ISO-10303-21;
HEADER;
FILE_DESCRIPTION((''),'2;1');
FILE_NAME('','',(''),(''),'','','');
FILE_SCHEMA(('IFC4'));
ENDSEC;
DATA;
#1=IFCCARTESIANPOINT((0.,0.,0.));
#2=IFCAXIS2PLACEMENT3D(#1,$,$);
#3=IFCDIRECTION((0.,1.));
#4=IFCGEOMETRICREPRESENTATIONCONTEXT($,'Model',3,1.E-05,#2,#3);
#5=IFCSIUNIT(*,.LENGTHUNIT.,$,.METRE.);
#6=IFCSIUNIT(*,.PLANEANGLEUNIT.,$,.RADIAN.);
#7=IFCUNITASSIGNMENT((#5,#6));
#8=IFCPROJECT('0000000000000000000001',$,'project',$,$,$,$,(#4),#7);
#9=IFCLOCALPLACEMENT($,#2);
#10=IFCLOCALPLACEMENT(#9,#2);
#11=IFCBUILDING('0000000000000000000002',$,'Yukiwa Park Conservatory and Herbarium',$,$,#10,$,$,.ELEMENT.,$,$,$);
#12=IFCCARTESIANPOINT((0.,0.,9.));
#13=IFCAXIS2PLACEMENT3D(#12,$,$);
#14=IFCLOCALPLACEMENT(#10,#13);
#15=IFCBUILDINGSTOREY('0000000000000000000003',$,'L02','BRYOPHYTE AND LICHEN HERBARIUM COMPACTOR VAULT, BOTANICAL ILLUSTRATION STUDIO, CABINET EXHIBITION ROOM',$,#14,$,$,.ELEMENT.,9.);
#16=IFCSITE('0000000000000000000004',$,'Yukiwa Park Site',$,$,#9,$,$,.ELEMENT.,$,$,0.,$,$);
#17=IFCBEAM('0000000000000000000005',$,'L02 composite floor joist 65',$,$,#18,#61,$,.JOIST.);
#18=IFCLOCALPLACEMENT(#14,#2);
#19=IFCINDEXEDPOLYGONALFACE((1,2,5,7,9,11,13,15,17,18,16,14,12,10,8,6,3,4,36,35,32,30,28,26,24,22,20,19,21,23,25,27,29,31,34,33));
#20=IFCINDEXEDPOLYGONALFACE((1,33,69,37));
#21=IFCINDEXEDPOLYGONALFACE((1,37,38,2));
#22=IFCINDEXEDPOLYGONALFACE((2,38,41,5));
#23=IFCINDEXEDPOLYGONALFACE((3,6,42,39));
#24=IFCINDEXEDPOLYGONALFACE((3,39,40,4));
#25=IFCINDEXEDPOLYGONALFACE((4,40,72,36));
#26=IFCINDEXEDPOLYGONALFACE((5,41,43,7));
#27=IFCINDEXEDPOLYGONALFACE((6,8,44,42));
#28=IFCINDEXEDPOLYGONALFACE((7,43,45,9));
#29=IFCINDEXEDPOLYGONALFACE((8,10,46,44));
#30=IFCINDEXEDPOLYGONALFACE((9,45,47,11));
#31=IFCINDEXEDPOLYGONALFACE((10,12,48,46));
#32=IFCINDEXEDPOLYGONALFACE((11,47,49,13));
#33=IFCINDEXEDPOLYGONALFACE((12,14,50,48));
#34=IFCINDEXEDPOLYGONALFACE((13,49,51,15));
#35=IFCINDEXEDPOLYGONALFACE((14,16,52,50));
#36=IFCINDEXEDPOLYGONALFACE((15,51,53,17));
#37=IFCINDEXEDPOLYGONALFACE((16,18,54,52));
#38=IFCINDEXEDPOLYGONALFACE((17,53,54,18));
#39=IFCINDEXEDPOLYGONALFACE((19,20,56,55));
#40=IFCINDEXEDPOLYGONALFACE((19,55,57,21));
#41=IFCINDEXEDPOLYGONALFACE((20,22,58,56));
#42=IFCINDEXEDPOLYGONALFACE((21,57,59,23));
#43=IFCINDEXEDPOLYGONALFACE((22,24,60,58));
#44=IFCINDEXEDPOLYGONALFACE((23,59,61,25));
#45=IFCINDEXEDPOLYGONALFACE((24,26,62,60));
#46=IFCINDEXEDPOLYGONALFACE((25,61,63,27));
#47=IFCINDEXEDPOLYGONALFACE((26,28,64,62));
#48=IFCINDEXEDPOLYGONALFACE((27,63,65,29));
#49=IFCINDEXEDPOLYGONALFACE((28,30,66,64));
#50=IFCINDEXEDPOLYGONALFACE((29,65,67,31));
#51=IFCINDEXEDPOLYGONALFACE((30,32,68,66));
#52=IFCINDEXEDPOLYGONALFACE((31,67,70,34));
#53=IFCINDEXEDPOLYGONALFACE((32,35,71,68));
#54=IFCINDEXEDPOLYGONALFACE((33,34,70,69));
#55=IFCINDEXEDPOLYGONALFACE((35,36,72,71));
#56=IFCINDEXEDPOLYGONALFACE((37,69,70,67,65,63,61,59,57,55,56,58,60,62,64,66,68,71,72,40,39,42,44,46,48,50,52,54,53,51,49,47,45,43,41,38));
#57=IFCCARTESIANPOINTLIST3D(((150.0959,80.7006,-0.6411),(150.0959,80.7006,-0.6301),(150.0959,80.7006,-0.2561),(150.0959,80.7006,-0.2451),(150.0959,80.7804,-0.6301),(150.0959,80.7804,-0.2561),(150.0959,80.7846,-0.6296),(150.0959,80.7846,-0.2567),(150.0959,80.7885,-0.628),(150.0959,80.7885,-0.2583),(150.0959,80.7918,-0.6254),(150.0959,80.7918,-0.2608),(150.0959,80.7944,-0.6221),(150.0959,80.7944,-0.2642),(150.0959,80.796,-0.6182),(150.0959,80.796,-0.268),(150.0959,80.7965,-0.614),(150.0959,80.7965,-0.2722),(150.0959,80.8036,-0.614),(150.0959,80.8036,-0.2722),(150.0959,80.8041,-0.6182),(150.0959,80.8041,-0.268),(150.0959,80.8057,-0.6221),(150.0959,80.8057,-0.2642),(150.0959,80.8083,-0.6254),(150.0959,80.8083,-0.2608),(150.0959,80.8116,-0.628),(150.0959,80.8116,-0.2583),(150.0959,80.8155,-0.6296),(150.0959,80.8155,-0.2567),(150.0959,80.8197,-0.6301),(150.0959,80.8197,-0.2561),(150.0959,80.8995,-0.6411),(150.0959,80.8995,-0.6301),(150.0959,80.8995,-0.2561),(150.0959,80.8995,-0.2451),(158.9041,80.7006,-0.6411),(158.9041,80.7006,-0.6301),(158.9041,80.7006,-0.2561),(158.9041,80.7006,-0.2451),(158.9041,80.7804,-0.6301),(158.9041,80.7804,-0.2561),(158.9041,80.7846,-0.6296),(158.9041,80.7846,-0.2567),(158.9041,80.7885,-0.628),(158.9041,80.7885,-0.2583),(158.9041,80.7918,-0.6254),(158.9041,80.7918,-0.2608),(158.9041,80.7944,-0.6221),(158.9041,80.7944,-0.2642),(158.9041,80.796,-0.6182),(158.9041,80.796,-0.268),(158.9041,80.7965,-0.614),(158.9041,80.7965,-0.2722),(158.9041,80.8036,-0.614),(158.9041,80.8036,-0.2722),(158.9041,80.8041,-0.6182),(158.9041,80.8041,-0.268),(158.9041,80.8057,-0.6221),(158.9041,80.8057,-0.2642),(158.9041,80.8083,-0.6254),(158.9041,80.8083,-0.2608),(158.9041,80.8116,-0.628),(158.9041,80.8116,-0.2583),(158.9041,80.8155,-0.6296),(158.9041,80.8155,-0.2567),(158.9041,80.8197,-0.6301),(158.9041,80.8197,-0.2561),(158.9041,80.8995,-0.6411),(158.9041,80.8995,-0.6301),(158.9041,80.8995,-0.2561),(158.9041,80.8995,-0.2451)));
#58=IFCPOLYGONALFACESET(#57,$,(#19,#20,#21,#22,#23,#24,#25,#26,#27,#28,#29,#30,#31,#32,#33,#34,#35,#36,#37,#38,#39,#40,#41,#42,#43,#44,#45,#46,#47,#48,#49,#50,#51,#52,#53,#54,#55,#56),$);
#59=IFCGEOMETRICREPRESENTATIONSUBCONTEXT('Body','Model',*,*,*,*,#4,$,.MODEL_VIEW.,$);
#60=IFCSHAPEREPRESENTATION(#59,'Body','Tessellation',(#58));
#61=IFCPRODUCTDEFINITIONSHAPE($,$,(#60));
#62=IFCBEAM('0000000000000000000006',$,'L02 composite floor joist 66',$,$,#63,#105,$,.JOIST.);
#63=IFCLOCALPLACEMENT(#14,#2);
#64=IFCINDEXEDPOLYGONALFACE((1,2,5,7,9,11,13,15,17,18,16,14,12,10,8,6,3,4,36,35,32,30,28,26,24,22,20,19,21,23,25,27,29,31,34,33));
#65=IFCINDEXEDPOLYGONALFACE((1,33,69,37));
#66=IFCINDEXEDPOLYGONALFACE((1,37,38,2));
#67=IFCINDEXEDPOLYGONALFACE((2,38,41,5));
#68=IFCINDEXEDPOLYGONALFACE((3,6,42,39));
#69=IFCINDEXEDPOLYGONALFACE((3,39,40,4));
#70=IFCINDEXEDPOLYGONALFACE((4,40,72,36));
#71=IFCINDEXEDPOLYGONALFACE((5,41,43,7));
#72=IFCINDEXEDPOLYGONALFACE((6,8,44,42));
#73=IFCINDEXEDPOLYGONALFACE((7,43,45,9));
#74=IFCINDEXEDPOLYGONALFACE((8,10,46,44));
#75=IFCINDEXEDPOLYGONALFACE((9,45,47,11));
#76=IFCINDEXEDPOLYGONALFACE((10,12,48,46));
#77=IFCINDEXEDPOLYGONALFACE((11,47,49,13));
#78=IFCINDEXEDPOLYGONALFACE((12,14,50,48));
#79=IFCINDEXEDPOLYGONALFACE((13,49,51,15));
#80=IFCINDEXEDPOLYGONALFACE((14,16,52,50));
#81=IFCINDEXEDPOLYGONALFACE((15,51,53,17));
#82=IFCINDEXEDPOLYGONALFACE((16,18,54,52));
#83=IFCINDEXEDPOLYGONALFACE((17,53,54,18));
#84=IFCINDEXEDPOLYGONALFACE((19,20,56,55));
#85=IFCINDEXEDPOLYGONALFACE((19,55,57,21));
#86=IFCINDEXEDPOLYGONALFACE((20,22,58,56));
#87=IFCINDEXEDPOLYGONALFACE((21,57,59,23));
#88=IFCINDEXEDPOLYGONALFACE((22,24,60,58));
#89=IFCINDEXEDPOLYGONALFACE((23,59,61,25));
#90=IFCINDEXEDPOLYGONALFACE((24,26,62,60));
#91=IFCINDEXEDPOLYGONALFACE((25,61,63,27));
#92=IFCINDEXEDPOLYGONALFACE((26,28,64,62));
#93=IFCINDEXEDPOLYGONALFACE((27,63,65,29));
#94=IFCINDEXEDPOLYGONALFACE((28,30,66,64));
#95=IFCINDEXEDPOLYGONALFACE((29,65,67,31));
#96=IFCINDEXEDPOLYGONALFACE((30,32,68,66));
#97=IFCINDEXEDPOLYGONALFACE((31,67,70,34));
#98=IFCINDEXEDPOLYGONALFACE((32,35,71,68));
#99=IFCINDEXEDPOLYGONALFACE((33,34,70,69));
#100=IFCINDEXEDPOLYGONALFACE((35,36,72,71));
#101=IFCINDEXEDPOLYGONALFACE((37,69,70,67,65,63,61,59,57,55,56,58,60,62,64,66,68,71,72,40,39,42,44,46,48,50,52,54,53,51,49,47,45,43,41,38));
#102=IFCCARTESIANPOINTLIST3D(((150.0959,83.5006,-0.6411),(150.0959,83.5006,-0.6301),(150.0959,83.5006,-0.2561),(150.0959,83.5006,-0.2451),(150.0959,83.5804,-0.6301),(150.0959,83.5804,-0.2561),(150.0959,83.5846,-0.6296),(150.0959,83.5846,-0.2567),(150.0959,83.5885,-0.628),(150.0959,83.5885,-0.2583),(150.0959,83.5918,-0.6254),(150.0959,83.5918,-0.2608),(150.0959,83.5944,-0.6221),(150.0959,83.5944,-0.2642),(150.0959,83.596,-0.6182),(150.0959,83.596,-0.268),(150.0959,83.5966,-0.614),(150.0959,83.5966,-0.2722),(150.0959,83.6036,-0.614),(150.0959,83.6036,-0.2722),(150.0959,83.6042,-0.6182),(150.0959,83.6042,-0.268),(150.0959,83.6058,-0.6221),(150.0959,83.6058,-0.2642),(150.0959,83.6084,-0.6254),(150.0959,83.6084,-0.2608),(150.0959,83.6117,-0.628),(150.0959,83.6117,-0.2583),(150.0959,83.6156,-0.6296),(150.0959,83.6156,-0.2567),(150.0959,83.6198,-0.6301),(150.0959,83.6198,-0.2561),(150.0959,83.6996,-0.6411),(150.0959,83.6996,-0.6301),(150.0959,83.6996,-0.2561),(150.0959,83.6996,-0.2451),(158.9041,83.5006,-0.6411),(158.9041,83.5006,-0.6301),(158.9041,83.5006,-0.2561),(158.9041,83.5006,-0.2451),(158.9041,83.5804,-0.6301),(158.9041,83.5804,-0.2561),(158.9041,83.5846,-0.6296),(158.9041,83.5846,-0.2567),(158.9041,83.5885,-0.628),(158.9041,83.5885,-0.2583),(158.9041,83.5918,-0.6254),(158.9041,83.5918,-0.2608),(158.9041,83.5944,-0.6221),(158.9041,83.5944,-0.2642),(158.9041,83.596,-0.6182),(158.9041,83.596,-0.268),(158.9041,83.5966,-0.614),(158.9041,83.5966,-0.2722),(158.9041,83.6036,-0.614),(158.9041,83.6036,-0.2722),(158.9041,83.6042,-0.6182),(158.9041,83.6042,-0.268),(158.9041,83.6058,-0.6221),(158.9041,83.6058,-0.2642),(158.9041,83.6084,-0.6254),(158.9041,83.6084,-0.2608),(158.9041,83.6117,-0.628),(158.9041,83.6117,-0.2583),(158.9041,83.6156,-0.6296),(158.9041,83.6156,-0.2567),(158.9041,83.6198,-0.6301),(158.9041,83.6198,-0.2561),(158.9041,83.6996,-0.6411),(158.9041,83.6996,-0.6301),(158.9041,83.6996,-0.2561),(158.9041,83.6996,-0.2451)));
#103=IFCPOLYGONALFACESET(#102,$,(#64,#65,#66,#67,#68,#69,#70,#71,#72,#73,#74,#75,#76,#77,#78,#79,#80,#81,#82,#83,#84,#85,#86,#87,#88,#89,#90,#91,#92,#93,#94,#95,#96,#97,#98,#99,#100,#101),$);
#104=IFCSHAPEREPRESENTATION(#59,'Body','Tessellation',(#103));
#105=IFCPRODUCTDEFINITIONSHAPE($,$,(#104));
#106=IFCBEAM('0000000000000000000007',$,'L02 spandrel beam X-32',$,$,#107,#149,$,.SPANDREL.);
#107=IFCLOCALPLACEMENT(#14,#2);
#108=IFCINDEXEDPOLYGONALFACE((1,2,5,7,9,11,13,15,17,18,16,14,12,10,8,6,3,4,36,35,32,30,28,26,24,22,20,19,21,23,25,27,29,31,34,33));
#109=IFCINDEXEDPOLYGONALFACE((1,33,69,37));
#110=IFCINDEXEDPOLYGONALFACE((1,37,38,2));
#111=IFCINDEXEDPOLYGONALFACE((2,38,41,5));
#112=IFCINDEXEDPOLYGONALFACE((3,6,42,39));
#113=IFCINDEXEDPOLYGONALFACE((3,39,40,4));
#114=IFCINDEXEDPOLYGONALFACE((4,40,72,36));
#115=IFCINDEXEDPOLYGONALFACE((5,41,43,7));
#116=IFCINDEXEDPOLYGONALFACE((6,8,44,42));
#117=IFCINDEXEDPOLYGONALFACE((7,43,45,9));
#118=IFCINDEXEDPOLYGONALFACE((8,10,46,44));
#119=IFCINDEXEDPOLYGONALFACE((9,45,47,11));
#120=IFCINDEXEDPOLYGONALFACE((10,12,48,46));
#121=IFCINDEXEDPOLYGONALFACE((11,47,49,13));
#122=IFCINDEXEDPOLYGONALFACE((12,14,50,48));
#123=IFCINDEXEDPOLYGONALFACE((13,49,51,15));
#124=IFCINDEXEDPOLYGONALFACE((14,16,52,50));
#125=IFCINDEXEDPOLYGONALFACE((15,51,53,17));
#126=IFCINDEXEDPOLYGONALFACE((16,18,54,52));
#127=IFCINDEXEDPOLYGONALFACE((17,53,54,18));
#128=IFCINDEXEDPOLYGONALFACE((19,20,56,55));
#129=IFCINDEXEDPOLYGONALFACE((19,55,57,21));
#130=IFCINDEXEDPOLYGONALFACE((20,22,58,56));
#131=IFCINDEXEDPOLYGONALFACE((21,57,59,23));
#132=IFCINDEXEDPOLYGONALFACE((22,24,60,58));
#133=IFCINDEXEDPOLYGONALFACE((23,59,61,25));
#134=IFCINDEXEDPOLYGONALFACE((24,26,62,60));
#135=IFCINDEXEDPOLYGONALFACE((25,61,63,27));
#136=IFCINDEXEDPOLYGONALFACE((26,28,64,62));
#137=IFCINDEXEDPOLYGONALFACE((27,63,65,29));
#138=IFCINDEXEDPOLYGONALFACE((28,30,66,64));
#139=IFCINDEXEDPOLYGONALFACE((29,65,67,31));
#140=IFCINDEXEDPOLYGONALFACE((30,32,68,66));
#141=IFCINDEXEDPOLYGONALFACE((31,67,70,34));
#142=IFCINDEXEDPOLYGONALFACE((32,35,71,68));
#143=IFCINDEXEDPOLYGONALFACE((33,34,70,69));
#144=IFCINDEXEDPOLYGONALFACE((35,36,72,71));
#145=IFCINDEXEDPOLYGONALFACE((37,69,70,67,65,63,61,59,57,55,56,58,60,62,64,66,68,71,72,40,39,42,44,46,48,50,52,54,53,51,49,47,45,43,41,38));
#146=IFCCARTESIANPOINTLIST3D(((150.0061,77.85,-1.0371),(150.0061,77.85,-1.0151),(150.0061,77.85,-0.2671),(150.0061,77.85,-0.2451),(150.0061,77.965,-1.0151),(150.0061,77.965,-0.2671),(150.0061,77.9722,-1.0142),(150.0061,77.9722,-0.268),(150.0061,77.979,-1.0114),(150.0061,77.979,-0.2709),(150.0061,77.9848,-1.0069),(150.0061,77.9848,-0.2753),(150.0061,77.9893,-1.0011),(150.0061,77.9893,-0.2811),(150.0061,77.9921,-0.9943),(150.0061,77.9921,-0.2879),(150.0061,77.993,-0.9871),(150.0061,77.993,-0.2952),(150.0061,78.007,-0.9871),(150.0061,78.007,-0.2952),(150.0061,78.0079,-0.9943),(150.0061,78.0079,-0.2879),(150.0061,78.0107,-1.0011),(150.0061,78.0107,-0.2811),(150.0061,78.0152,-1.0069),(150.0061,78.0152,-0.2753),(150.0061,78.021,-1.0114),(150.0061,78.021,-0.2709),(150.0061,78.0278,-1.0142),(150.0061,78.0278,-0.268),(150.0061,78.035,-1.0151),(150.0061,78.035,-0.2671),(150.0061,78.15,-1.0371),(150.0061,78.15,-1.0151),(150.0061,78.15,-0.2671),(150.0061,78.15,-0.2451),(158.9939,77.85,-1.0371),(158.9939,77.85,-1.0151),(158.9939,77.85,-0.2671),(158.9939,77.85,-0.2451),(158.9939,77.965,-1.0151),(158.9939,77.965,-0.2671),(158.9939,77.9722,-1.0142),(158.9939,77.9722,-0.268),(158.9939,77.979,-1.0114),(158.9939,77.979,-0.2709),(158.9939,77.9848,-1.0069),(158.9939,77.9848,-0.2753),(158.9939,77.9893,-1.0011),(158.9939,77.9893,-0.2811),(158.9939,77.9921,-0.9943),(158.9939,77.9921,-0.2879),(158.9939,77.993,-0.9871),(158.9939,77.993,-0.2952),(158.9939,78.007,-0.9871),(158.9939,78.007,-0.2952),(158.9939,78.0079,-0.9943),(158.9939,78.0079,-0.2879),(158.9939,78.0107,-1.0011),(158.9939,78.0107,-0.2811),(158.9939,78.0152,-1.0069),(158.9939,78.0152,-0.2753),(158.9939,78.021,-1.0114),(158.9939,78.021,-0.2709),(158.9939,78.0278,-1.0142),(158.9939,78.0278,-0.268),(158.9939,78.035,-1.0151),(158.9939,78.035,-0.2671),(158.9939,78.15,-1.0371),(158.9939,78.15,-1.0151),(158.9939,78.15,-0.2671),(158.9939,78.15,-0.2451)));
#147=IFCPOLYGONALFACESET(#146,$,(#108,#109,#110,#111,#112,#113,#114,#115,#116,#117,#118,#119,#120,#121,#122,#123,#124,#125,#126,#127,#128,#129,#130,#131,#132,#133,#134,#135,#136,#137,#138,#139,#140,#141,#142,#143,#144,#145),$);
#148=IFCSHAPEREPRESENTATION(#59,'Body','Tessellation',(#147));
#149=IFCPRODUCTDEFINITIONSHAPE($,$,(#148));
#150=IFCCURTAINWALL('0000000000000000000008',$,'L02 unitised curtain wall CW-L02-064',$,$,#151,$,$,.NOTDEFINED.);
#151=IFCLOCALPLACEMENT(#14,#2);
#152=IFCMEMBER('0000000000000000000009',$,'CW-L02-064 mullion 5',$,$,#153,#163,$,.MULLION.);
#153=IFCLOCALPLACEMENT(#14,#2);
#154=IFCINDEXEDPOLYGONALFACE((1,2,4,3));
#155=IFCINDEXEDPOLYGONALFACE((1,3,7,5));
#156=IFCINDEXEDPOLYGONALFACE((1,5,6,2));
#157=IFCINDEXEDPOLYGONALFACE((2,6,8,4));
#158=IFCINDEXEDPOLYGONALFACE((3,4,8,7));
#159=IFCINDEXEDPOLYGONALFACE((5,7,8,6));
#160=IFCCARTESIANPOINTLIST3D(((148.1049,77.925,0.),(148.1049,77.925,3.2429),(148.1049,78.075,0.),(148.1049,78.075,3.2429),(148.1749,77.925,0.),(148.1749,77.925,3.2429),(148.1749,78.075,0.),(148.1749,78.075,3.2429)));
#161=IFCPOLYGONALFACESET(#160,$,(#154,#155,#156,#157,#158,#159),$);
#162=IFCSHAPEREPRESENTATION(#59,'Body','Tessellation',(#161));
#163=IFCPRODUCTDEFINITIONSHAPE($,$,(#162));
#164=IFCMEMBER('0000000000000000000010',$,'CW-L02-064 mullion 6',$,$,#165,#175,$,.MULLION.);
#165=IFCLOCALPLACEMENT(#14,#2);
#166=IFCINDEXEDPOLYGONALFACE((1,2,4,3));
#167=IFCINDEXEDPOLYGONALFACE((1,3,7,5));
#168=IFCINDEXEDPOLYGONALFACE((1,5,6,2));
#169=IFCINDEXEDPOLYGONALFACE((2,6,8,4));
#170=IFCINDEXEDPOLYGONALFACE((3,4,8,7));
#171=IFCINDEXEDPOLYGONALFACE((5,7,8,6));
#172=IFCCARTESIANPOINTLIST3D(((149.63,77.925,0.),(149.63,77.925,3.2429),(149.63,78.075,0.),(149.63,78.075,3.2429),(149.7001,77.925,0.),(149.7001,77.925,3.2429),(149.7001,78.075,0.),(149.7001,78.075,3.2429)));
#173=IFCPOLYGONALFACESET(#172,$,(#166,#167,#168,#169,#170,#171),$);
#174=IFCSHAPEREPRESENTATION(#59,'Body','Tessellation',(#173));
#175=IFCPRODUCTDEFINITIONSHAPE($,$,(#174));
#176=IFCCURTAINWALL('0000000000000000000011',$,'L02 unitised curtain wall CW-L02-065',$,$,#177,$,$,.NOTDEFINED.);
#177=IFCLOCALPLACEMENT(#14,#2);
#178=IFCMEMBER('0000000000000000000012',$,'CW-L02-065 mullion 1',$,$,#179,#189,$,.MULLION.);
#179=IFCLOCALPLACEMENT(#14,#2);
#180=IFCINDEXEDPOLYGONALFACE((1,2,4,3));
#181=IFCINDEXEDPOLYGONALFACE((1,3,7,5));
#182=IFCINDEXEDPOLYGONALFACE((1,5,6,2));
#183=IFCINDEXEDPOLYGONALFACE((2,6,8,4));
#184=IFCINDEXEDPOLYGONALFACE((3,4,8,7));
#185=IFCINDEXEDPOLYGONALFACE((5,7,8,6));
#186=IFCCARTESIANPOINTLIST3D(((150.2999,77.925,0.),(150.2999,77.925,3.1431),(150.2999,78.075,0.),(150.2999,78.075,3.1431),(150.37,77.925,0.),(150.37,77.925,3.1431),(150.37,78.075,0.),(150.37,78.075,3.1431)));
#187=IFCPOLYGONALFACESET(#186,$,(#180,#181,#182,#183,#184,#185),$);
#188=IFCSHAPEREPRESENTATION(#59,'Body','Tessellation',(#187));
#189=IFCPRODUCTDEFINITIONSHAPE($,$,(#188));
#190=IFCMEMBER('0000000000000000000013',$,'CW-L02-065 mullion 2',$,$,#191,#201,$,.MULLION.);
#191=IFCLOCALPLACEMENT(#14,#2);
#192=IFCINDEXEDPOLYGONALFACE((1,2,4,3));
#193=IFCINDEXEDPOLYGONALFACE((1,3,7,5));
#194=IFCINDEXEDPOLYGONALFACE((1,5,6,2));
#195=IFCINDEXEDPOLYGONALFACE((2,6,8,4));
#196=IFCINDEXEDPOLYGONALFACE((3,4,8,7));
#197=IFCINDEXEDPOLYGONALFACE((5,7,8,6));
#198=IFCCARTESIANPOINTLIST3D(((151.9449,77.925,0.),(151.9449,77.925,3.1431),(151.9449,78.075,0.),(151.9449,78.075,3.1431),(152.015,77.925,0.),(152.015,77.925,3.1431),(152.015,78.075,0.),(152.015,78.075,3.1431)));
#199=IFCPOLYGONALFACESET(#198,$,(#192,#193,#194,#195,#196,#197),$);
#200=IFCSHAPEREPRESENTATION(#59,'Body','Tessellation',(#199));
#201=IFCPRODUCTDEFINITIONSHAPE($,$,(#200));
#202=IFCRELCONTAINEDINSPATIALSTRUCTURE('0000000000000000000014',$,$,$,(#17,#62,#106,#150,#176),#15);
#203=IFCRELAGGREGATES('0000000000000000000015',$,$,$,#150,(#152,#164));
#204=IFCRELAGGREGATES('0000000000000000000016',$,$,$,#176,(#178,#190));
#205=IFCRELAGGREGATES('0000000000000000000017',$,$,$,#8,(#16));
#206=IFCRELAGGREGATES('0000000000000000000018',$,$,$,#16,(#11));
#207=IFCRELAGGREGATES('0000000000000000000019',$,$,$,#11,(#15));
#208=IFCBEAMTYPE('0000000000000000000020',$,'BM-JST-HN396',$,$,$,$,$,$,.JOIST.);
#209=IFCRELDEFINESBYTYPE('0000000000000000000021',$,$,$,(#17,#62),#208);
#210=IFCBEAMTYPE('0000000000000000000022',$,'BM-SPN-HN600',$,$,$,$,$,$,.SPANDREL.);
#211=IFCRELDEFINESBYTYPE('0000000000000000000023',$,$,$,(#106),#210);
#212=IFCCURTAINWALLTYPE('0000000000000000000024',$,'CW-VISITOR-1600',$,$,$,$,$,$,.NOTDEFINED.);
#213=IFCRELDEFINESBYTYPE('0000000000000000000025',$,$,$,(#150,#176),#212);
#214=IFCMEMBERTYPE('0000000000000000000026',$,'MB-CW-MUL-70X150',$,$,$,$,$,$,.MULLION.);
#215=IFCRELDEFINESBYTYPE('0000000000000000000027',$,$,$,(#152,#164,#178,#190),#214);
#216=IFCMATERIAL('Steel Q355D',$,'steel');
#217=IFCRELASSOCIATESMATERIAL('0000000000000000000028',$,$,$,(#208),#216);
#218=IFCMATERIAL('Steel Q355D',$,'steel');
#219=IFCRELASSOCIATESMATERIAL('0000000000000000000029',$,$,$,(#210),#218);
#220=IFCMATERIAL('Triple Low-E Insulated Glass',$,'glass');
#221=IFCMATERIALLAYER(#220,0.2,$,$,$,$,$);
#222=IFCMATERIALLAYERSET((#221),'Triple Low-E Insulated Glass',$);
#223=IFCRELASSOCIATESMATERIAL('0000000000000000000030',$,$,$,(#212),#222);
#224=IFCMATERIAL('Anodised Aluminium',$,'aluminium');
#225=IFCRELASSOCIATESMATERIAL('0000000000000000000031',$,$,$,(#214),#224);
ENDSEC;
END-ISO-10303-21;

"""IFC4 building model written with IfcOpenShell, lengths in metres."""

from ifc_helpers import new_model, si_unit, direction, frame, origin, origin_2d, place, context, subcontext, project, spatial, rectangle, i_section, extrude, material, layer, layer_set, material_profile, profile_set, type_object, element, aggregate, save


model = new_model("IFC4")

# Units and contexts
model_context = context("Model", 3, precision=1e-05, world=origin(), true_north=direction((0.0, 1.0)))
body_context = subcontext(model_context, "Body", "Model", "MODEL_VIEW")
ifc_project = project(units=[si_unit("LENGTHUNIT", "METRE"), si_unit("PLANEANGLEUNIT", "RADIAN")], contexts=[model_context])

# Site, building, storey
site_placement = place(None, origin())
site = spatial("IfcSite", under=ifc_project, at=site_placement, Name="Yukiwa Park Site", CompositionType="ELEMENT", RefElevation=0.0)
building_placement = place(site_placement, origin())
building = spatial("IfcBuilding", under=site, at=building_placement, Name="Yukiwa Park Conservatory and Herbarium", CompositionType="ELEMENT")
storey_placement = place(building_placement, frame((0.0, 0.0, 9.0)))
storey = spatial("IfcBuildingStorey", under=building, at=storey_placement, Name="L02", Description="BRYOPHYTE AND LICHEN HERBARIUM COMPACTOR VAULT, BOTANICAL ILLUSTRATION STUDIO, CABINET EXHIBITION ROOM", CompositionType="ELEMENT", Elevation=9.0)

# Beams
ifc_material_1 = material(Name="Steel Q355D", Category="steel")
ifc_material_profile_1 = material_profile(ifc_material_1, i_section(OverallWidth=0.199, OverallDepth=0.396, WebThickness=0.0071, FlangeThickness=0.011, FilletRadius=0.0161, at=origin_2d()), Name="HN 396x199x7x11")
ifc_profile_set_1 = profile_set([ifc_material_profile_1], Name="Steel Q355D")
beam_type_1 = type_object("IfcBeamType", Name="BM-JST-HN396", PredefinedType="JOIST", material=ifc_profile_set_1)
for number, where, z_axis, x_axis, name in (
    (1, (150.0959, 80.8, -0.4431), (1.0, 0.0, 0.0), (0.0, 1.0, 0.0), "L02 composite floor joist 65"),
    (2, (150.0959, 83.6001, -0.4431), (1.0, 0.0, 0.0), (0.0, 1.0, 0.0), "L02 composite floor joist 66"),
):
    element("IfcBeam", number, at=place(storey_placement, frame(where, z_axis=z_axis, x_axis=x_axis)), inside=storey, type_object=beam_type_1, Name=name, PredefinedType="JOIST", context=body_context, shape_type="SweptSolid", body=[
        extrude(i_section(OverallWidth=0.199, OverallDepth=0.396, WebThickness=0.0071, FlangeThickness=0.011, FilletRadius=0.0161, at=origin_2d()), origin(), (0.0, 0.0, 1.0), 8.8081),
    ])
ifc_material_2 = material(Name="Steel Q355D", Category="steel")
ifc_material_profile_2 = material_profile(ifc_material_2, i_section(OverallWidth=0.3, OverallDepth=0.792, WebThickness=0.0139, FlangeThickness=0.022, FilletRadius=0.0281, at=origin_2d()), Name="HN 792x300x14x22")
ifc_profile_set_2 = profile_set([ifc_material_profile_2], Name="Steel Q355D")
beam_type_2 = type_object("IfcBeamType", Name="BM-SPN-HN600", PredefinedType="SPANDREL", material=ifc_profile_set_2)
beam_1_placement = place(storey_placement, frame((150.0061, 78.0, -0.6411), z_axis=(1.0, 0.0, 0.0), x_axis=(0.0, 1.0, 0.0)))
element("IfcBeam", 3, at=beam_1_placement, inside=storey, type_object=beam_type_2, Name="L02 spandrel beam X-32", PredefinedType="SPANDREL", context=body_context, shape_type="SweptSolid", body=[
    extrude(i_section(OverallWidth=0.3, OverallDepth=0.792, WebThickness=0.0139, FlangeThickness=0.022, FilletRadius=0.0281, at=origin_2d()), origin(), (0.0, 0.0, 1.0), 8.9878),
])

# Curtain walls, members
ifc_material_3 = material(Name="Triple Low-E Insulated Glass", Category="glass")
ifc_layer_1 = layer(ifc_material_3, 0.2)
ifc_layer_set_1 = layer_set([ifc_layer_1], Name="Triple Low-E Insulated Glass")
curtain_wall_type = type_object("IfcCurtainWallType", Name="CW-VISITOR-1600", PredefinedType="NOTDEFINED", material=ifc_layer_set_1)
curtain_wall_1_placement = place(storey_placement, origin())
curtain_wall_1 = element("IfcCurtainWall", 4, at=curtain_wall_1_placement, inside=storey, type_object=curtain_wall_type, Name="L02 unitised curtain wall CW-L02-064", PredefinedType="NOTDEFINED")
ifc_material_4 = material(Name="Anodised Aluminium", Category="aluminium")
member_type_1 = type_object("IfcMemberType", Name="MB-CW-MUL-70X150", PredefinedType="MULLION", material=ifc_material_4)
member_1_placement = place(storey_placement, frame((148.1399, 78.0, 0.0), z_axis=(0.0, 0.0, 1.0), x_axis=(1.0, 0.0, 0.0)))
member_1 = element("IfcMember", 5, at=member_1_placement, type_object=member_type_1, Name="CW-L02-064 mullion 5", PredefinedType="MULLION", context=body_context, shape_type="SweptSolid", body=[
    extrude(rectangle(XDim=0.0701, YDim=0.1499, at=origin_2d()), origin(), (0.0, 0.0, 1.0), 3.2429),
])
member_2_placement = place(storey_placement, frame((149.665, 78.0, 0.0), z_axis=(0.0, 0.0, 1.0), x_axis=(1.0, 0.0, 0.0)))
member_2 = element("IfcMember", 6, at=member_2_placement, type_object=member_type_1, Name="CW-L02-064 mullion 6", PredefinedType="MULLION", context=body_context, shape_type="SweptSolid", body=[
    extrude(rectangle(XDim=0.0701, YDim=0.1499, at=origin_2d()), origin(), (0.0, 0.0, 1.0), 3.2429),
])
curtain_wall_2_placement = place(storey_placement, origin())
curtain_wall_2 = element("IfcCurtainWall", 7, at=curtain_wall_2_placement, inside=storey, type_object=curtain_wall_type, Name="L02 unitised curtain wall CW-L02-065", PredefinedType="NOTDEFINED")
member_3_placement = place(storey_placement, frame((150.335, 78.0, 0.0), z_axis=(0.0, 0.0, 1.0), x_axis=(1.0, 0.0, 0.0)))
member_3 = element("IfcMember", 8, at=member_3_placement, type_object=member_type_1, Name="CW-L02-065 mullion 1", PredefinedType="MULLION", context=body_context, shape_type="SweptSolid", body=[
    extrude(rectangle(XDim=0.0701, YDim=0.1499, at=origin_2d()), origin(), (0.0, 0.0, 1.0), 3.1431),
])
member_4_placement = place(storey_placement, frame((151.98, 78.0, 0.0), z_axis=(0.0, 0.0, 1.0), x_axis=(1.0, 0.0, 0.0)))
member_4 = element("IfcMember", 9, at=member_4_placement, type_object=member_type_1, Name="CW-L02-065 mullion 2", PredefinedType="MULLION", context=body_context, shape_type="SweptSolid", body=[
    extrude(rectangle(XDim=0.0701, YDim=0.1499, at=origin_2d()), origin(), (0.0, 0.0, 1.0), 3.1431),
])

aggregate(curtain_wall_1, [member_1, member_2])
aggregate(curtain_wall_2, [member_3, member_4])

save(model, "model.ifc")
